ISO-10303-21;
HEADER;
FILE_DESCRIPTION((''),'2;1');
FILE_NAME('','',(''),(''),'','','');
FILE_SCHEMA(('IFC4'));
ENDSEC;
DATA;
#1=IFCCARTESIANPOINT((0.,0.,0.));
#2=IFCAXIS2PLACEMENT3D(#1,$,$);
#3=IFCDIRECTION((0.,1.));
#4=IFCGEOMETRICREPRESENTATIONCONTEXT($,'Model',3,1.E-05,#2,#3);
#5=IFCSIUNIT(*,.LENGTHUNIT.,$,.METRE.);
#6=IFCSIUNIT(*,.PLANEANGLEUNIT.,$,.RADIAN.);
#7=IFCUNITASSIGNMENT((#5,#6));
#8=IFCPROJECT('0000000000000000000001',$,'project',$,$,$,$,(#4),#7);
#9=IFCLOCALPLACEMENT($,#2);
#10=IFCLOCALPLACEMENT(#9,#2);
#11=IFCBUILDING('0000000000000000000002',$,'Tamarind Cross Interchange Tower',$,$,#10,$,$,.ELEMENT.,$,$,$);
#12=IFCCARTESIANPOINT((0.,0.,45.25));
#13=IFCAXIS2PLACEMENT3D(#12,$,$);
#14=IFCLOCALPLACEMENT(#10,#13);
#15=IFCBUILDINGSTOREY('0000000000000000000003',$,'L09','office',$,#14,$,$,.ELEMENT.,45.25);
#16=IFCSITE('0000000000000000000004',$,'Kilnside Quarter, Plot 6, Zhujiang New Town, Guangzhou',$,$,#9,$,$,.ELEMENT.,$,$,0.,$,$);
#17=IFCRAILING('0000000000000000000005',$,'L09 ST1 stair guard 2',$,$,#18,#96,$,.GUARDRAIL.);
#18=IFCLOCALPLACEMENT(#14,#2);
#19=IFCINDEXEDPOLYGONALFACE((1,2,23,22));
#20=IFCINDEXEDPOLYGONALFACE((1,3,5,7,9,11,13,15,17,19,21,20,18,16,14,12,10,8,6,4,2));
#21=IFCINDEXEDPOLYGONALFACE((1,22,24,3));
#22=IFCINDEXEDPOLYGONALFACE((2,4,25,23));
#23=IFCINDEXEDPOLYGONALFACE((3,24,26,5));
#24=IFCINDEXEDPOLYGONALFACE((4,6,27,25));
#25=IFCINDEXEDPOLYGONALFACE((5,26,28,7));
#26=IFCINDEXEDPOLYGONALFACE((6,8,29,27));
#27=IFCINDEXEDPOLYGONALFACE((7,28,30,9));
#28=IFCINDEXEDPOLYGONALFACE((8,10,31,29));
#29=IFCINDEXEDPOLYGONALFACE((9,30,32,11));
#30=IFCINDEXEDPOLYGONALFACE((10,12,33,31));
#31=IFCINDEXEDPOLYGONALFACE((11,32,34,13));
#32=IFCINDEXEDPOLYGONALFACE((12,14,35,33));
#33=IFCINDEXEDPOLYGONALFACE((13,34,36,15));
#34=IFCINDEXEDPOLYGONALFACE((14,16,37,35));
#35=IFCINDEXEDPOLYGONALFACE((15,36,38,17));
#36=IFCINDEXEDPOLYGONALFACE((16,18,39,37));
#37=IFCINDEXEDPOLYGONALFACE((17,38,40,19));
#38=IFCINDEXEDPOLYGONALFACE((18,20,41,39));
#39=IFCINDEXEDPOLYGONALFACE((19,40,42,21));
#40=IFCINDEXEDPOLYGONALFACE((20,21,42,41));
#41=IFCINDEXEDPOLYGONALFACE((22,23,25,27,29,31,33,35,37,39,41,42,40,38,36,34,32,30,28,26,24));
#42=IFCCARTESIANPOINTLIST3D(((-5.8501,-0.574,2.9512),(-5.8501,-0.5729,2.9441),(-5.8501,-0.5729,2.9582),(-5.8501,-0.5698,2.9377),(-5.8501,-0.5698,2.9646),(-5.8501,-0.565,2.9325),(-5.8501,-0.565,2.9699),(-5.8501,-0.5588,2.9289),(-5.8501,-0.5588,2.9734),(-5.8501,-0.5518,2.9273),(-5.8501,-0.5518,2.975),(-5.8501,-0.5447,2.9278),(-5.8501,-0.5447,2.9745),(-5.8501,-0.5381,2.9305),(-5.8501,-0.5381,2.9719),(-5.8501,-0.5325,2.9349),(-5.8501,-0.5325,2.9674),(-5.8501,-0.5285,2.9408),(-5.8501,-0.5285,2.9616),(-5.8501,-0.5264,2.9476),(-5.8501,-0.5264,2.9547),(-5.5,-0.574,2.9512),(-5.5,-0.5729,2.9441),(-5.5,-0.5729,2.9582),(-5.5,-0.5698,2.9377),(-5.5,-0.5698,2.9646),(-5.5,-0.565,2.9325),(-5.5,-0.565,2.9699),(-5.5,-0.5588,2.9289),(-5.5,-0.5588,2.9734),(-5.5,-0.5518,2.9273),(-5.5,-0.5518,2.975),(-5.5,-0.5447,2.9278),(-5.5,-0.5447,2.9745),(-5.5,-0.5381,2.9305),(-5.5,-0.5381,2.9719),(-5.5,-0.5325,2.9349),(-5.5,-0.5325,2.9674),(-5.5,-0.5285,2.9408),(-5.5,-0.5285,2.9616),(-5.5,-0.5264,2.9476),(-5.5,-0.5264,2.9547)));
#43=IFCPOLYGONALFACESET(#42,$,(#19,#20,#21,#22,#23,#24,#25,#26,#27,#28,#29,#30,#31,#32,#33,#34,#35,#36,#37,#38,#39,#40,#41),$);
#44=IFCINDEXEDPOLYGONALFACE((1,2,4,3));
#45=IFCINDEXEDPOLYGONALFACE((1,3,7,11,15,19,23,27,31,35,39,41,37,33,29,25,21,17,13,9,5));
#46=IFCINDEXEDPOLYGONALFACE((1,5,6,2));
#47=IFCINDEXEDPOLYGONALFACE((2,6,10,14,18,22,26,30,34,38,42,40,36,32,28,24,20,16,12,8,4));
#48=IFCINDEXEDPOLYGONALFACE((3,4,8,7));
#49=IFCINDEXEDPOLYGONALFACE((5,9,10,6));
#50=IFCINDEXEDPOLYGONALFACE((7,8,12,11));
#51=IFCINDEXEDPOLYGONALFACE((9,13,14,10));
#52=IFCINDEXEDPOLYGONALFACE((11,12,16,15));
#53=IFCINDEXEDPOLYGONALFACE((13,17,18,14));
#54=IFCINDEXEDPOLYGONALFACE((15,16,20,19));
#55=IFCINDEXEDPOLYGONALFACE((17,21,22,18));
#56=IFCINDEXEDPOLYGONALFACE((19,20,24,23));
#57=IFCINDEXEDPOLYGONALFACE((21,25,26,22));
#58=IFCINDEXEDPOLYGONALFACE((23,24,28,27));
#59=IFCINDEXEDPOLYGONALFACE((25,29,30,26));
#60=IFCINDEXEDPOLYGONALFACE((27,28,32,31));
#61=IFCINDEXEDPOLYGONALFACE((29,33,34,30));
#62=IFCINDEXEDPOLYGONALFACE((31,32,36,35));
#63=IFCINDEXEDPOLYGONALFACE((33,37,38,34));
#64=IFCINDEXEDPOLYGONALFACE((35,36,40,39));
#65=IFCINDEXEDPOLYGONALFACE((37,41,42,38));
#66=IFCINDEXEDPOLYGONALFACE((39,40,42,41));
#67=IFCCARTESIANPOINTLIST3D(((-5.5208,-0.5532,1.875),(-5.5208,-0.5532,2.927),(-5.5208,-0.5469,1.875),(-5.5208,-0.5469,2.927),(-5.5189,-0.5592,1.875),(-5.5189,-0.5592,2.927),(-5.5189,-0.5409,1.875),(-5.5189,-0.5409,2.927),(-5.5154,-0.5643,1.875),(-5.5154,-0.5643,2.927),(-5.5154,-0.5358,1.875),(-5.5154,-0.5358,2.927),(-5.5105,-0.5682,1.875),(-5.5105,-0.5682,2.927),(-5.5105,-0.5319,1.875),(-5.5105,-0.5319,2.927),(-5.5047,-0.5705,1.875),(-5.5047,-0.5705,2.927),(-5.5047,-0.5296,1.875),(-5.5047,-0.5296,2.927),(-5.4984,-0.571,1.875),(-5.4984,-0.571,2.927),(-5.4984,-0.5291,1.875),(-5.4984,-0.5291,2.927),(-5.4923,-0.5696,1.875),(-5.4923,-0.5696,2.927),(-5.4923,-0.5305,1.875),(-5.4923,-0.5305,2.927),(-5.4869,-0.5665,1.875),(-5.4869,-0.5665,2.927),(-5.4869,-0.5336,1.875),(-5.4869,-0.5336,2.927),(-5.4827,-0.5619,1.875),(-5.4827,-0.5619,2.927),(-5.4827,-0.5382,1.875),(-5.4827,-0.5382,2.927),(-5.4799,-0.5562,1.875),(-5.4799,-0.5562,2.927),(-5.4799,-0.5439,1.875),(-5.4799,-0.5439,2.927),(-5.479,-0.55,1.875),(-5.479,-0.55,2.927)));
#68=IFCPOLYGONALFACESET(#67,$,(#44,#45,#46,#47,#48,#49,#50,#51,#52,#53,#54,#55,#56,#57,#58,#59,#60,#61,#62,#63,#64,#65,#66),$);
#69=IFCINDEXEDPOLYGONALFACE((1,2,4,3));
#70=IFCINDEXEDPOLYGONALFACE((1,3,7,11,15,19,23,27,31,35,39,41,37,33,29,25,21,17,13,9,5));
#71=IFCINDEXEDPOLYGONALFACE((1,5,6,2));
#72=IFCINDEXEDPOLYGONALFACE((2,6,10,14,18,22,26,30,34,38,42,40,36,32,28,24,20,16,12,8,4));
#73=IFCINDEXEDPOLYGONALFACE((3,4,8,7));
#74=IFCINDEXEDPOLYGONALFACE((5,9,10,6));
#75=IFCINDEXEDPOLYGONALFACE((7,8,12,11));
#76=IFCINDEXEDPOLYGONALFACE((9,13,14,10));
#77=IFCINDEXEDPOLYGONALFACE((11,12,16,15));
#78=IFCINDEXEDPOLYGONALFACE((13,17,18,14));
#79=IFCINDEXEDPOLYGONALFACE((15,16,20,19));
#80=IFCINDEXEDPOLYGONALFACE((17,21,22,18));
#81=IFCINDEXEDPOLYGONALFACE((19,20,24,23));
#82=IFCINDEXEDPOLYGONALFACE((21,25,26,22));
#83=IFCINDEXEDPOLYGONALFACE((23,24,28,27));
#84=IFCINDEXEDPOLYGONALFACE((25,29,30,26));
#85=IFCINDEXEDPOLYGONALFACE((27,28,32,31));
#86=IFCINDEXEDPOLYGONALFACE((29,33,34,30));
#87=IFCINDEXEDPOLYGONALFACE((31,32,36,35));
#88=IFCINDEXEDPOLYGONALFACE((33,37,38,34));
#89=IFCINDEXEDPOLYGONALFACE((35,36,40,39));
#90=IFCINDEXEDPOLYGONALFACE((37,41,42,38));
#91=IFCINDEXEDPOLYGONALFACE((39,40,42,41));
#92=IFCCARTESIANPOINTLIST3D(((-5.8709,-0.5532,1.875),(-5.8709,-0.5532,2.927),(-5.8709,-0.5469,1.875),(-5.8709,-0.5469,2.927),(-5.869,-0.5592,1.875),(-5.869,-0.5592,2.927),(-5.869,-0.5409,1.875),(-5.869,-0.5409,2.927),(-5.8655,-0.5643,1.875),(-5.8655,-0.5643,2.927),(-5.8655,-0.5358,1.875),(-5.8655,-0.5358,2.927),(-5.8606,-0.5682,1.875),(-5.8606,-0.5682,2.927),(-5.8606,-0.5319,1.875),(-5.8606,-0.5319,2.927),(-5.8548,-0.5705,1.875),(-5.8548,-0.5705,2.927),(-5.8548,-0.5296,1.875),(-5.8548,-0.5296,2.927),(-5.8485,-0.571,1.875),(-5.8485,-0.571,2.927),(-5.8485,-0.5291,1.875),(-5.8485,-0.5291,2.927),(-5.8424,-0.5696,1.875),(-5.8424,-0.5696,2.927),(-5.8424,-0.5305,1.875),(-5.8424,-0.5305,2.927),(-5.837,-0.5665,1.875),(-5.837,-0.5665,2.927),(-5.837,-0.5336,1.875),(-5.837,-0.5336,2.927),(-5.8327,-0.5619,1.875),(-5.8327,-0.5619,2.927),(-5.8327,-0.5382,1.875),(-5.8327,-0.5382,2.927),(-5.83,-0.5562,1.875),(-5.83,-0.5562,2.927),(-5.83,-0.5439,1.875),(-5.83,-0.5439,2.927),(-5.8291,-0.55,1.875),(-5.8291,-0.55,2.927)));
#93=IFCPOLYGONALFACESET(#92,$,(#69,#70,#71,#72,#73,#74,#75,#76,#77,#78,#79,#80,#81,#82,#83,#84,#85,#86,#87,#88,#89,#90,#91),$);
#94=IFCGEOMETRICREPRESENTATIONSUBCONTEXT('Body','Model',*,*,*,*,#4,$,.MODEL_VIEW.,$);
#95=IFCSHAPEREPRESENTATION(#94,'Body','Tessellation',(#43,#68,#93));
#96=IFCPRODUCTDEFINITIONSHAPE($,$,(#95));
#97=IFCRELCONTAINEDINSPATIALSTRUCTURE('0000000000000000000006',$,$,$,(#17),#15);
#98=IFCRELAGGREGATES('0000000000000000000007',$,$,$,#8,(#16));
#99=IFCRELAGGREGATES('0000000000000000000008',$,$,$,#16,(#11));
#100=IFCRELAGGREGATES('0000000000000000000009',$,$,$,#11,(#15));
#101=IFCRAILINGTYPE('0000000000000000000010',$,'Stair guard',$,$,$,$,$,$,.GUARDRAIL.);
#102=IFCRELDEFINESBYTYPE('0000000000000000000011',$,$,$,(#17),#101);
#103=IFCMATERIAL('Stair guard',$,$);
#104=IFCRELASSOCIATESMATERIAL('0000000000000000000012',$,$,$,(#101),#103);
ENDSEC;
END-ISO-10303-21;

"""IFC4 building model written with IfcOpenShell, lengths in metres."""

from ifc_helpers import new_model, si_unit, direction, frame, origin, origin_2d, place, context, subcontext, project, spatial, circle, extrude, material, type_object, element, save


model = new_model("IFC4")

# Units and contexts
model_context = context("Model", 3, precision=1e-05, world=origin(), true_north=direction((0.0, 1.0)))
body_context = subcontext(model_context, "Body", "Model", "MODEL_VIEW")
ifc_project = project(units=[si_unit("LENGTHUNIT", "METRE"), si_unit("PLANEANGLEUNIT", "RADIAN")], contexts=[model_context])

# Site, building, storey
site_placement = place(None, origin())
site = spatial("IfcSite", under=ifc_project, at=site_placement, Name="Kilnside Quarter, Plot 6, Zhujiang New Town, Guangzhou", CompositionType="ELEMENT", RefElevation=0.0)
building_placement = place(site_placement, origin())
building = spatial("IfcBuilding", under=site, at=building_placement, Name="Tamarind Cross Interchange Tower", CompositionType="ELEMENT")
storey_placement = place(building_placement, frame((0.0, 0.0, 45.25)))
storey = spatial("IfcBuildingStorey", under=building, at=storey_placement, Name="L09", Description="office", CompositionType="ELEMENT", Elevation=45.25)

# Railing
ifc_material_1 = material(Name="Stair guard")
railing_type_1 = type_object("IfcRailingType", Name="Stair guard", PredefinedType="GUARDRAIL", material=ifc_material_1)
railing_1_placement = place(storey_placement, frame((-5.5, -0.55, 1.875)))
element("IfcRailing", 1, at=railing_1_placement, inside=storey, type_object=railing_type_1, Name="L09 ST1 stair guard 2", PredefinedType="GUARDRAIL", context=body_context, shape_type="SweptSolid", body=[
    extrude(circle(Radius=0.0239, at=origin_2d()), frame((0.0, 0.0, 1.0762), z_axis=(-1.0, 0.0, 0.0), x_axis=(0.0, -1.0, 0.0)), (0.0, 0.0, 1.0), 0.3501),
    extrude(circle(Radius=0.021, at=origin_2d()), origin(), (0.0, 0.0, 1.0), 1.052),
    extrude(circle(Radius=0.021, at=origin_2d()), frame((-0.3501, 0.0, 0.0)), (0.0, 0.0, 1.0), 1.052),
])

save(model, "model.ifc")
